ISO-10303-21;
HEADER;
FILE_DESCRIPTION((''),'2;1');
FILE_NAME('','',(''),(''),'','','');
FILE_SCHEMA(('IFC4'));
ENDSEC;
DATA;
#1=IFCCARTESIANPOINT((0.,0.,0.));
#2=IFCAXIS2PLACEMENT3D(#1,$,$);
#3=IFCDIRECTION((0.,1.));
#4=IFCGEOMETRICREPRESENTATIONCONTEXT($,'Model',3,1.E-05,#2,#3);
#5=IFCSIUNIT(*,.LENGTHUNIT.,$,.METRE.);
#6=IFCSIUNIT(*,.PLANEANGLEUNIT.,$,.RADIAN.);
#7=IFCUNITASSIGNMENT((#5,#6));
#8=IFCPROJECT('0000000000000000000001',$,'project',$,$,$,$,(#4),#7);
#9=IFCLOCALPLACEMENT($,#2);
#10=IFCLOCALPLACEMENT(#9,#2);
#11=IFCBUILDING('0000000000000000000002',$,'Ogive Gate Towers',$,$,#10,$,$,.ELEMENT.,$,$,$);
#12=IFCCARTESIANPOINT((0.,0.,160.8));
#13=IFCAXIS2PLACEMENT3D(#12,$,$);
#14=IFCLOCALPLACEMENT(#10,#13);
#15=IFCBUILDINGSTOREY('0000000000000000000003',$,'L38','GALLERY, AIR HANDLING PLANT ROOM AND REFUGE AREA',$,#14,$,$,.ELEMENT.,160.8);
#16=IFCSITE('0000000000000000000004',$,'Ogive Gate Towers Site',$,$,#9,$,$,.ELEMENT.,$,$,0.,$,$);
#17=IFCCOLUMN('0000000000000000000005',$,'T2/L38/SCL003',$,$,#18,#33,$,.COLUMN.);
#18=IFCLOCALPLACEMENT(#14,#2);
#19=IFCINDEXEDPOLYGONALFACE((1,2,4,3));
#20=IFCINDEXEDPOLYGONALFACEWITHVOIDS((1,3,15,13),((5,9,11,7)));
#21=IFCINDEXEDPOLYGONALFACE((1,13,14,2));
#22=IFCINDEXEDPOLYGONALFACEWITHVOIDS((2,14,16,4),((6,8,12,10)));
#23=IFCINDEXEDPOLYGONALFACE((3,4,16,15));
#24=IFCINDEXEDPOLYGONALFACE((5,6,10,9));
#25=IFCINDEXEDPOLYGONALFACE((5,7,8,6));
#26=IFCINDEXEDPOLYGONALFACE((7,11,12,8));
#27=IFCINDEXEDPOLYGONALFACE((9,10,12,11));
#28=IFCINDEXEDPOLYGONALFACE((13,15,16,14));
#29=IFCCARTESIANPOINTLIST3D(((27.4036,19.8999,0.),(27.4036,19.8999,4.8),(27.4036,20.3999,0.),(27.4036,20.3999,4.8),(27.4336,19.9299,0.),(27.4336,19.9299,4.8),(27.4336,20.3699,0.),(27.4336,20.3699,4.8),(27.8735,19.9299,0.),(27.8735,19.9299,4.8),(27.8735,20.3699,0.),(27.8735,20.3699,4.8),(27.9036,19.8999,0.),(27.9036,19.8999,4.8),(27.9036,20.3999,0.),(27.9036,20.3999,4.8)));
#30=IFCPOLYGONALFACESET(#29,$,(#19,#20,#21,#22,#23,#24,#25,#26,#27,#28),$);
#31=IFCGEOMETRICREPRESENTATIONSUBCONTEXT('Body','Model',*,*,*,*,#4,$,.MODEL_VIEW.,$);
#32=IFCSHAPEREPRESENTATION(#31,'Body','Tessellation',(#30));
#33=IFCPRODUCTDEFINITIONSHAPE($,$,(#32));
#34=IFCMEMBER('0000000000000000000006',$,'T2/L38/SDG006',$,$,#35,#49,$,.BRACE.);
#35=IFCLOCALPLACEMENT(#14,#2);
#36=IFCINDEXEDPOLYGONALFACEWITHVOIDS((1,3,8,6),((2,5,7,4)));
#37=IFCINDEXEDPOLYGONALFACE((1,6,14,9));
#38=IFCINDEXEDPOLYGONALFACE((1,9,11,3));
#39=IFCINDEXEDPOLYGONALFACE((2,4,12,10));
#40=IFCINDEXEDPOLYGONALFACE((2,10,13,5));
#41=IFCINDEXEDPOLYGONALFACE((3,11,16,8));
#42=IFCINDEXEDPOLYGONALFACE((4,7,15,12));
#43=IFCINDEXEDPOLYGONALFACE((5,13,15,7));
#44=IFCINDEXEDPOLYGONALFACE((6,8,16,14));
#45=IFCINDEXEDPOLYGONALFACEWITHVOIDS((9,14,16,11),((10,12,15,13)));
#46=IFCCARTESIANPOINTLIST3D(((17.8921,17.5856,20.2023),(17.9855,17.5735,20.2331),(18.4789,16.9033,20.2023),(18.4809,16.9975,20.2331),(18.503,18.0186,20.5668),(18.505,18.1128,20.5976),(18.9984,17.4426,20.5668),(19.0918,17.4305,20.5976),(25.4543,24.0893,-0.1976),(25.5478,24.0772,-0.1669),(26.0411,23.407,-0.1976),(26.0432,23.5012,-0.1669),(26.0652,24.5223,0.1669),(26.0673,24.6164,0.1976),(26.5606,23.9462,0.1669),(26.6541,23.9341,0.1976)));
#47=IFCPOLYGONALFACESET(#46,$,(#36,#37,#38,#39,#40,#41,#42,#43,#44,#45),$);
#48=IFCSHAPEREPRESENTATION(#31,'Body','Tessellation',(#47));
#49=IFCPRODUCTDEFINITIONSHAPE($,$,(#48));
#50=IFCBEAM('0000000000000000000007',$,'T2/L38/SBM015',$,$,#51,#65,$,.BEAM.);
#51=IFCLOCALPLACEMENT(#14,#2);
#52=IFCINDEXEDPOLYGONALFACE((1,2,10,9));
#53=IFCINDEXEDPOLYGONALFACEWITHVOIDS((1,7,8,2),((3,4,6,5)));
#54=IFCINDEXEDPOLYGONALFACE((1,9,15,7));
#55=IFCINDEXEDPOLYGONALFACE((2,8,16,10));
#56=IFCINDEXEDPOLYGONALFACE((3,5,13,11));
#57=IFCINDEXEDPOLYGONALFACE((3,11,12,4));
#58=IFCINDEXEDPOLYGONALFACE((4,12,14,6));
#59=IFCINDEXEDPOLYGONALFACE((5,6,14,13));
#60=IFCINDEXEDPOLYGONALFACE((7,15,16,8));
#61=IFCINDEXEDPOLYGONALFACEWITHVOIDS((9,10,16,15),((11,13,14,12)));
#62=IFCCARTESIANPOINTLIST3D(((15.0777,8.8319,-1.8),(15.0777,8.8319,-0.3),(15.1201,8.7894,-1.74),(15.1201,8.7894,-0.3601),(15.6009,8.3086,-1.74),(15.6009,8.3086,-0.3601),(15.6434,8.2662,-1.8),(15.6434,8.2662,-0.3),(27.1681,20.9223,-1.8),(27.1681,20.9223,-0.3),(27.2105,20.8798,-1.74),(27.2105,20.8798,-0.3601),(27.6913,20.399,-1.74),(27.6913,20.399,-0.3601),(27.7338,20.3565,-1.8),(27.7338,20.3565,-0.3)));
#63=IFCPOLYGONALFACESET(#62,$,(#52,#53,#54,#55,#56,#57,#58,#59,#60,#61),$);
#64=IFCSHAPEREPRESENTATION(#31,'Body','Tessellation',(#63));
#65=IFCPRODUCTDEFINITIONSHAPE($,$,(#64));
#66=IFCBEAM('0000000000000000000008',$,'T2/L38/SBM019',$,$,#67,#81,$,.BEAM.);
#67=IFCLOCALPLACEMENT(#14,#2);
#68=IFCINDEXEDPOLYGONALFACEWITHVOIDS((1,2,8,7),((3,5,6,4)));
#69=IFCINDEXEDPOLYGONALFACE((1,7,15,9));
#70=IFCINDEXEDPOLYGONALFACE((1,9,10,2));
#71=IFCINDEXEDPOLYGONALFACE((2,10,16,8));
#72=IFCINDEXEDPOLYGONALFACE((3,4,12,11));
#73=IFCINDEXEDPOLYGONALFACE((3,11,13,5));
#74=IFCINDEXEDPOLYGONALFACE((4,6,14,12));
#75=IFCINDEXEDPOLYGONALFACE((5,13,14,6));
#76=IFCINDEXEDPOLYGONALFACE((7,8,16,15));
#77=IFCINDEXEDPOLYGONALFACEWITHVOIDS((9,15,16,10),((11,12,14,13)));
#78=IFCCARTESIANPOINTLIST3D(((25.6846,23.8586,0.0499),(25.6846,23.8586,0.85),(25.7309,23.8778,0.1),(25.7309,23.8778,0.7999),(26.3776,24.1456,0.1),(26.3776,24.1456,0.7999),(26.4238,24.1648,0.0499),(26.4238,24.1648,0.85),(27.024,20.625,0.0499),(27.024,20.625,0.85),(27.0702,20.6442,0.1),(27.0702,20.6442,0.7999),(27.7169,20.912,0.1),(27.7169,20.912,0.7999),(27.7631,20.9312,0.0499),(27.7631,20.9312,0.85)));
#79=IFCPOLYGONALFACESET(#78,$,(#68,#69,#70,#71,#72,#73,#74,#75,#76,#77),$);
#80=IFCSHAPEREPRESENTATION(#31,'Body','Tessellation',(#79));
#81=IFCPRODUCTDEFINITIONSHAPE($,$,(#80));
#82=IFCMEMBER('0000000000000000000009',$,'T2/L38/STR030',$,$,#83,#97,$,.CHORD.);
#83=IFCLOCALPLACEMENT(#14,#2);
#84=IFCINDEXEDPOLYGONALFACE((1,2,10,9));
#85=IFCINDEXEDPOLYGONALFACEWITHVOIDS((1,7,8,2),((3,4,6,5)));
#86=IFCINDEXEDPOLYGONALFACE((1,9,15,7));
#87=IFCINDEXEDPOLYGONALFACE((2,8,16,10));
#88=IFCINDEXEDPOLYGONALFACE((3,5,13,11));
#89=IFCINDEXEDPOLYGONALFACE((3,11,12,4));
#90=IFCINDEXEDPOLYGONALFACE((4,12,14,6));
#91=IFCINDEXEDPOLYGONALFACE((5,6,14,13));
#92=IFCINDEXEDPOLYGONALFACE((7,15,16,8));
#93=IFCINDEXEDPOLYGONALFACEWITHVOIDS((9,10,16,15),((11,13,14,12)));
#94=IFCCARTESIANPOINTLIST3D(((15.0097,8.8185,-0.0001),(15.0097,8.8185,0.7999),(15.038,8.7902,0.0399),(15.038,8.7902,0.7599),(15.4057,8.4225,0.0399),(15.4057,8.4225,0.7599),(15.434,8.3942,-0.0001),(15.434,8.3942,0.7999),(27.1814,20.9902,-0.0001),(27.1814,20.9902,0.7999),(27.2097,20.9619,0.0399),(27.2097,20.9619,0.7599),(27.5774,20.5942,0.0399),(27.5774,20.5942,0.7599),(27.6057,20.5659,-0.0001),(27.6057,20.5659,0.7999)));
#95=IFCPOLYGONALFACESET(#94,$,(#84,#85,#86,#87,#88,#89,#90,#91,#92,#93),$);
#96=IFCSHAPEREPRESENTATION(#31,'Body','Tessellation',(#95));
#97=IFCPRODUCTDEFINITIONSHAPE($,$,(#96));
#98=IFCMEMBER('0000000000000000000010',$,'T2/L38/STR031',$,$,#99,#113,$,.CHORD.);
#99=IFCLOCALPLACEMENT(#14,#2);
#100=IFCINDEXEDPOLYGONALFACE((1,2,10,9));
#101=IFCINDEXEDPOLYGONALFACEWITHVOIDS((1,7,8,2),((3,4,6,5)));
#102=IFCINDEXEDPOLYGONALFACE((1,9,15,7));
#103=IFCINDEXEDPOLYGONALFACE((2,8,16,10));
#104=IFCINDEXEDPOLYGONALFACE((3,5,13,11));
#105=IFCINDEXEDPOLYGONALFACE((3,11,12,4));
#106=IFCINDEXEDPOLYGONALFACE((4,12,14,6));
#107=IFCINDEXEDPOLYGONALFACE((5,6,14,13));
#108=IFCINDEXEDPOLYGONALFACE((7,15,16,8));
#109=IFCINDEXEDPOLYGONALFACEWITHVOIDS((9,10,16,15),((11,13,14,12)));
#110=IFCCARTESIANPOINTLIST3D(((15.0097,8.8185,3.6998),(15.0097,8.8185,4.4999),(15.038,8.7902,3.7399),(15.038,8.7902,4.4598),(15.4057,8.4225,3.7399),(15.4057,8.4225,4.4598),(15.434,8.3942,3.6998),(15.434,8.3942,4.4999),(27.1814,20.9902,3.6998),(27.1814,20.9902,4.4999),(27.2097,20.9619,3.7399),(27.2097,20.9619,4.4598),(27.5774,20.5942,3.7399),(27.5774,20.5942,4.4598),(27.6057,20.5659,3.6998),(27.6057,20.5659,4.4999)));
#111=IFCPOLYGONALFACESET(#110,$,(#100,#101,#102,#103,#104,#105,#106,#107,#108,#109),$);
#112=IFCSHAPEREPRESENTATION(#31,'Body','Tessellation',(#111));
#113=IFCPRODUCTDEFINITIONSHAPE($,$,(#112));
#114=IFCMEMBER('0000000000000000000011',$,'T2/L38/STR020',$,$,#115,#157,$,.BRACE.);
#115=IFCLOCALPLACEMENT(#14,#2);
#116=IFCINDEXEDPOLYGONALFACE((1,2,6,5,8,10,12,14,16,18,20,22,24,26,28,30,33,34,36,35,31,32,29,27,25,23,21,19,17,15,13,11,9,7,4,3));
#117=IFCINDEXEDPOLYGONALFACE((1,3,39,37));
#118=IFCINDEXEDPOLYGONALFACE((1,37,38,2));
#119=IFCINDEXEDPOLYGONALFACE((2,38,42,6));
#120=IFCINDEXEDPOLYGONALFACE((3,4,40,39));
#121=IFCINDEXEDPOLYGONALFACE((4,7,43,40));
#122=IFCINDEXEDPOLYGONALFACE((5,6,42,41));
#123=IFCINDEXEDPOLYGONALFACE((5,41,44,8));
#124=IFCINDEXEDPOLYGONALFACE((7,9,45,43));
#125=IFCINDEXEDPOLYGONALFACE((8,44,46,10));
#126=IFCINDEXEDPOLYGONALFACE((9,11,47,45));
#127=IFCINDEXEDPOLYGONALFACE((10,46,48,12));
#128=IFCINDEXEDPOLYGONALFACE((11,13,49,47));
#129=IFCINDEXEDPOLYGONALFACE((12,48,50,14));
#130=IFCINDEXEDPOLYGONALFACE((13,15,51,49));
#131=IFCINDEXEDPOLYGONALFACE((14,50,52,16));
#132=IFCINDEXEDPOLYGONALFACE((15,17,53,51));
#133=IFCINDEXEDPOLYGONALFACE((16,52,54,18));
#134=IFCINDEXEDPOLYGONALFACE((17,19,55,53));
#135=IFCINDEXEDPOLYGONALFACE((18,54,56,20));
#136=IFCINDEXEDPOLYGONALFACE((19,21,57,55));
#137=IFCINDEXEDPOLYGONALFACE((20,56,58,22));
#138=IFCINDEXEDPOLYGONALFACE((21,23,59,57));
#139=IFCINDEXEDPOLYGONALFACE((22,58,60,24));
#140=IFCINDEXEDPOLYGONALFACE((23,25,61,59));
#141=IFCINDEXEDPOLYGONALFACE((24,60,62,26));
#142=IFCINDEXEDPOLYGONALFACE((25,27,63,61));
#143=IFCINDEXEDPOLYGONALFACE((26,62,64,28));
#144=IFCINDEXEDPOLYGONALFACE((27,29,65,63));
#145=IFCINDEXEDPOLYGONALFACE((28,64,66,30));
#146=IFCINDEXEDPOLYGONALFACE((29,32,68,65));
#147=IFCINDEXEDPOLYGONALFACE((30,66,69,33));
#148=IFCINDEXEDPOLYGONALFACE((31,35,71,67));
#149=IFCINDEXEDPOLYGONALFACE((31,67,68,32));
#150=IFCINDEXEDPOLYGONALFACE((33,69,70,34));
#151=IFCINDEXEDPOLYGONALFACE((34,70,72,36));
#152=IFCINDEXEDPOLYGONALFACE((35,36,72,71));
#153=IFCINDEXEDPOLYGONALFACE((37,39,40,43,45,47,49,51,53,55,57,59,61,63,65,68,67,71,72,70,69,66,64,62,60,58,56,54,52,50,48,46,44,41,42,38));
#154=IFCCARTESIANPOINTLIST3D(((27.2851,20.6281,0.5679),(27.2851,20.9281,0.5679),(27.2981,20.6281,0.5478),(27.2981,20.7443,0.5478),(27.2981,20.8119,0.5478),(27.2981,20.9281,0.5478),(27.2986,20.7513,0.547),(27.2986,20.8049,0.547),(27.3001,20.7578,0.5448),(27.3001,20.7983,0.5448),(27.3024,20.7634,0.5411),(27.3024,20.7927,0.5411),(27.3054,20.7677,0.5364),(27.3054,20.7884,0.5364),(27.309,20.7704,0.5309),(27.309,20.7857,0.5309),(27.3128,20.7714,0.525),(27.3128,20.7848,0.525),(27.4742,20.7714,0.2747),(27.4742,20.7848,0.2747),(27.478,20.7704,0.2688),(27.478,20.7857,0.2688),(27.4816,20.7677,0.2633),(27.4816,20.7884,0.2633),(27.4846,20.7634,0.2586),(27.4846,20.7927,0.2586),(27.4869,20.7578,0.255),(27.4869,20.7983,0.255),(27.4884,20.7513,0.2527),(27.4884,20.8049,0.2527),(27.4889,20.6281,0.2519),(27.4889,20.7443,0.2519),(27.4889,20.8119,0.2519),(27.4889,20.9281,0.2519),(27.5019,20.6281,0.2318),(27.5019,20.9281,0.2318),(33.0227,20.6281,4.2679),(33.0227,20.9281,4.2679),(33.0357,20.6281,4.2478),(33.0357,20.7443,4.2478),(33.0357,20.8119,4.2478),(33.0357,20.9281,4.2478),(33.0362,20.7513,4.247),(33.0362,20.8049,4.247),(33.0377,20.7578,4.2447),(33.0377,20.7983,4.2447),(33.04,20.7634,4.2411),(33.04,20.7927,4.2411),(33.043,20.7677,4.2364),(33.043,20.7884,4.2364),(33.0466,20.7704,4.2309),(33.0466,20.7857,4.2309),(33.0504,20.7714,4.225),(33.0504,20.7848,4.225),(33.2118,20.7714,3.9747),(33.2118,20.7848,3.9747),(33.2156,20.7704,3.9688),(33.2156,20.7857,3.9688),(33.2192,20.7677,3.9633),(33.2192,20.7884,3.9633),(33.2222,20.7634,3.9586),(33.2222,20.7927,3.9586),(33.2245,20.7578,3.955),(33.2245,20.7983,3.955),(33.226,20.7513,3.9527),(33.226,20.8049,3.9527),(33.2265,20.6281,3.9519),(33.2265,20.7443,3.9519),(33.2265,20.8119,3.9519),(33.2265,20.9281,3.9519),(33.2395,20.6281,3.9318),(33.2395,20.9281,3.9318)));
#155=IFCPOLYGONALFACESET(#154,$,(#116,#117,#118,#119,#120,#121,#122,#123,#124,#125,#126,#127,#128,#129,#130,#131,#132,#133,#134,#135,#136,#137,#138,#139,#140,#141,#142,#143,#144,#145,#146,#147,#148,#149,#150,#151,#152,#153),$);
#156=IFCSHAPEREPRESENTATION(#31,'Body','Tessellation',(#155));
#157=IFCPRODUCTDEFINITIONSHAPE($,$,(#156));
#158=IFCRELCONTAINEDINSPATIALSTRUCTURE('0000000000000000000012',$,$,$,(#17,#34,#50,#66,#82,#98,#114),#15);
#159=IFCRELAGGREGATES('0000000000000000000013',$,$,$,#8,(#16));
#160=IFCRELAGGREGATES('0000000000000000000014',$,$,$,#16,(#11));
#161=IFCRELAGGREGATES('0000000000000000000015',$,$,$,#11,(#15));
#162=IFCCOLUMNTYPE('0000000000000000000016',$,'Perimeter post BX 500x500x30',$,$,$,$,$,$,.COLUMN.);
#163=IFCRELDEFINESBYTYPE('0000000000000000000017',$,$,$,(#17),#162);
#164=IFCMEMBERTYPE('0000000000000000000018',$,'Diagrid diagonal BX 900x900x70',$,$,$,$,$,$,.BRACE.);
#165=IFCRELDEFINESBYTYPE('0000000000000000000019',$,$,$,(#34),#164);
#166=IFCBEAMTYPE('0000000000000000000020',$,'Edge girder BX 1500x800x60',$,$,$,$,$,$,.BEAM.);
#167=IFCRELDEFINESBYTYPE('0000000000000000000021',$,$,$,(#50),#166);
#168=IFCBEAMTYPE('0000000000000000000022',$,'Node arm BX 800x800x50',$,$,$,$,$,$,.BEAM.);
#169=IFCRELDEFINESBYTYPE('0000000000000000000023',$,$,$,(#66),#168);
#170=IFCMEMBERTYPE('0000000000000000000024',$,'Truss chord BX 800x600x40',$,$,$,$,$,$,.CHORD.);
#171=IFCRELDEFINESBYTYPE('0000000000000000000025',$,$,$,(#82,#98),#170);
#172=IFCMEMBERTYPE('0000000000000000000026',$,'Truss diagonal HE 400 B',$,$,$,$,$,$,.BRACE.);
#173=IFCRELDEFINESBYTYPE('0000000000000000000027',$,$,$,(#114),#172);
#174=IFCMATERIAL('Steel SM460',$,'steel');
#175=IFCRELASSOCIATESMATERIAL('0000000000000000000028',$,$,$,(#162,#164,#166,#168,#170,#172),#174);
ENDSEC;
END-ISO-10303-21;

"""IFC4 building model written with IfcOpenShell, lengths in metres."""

from ifc_helpers import new_model, si_unit, direction, frame, origin, origin_2d, place, context, subcontext, project, spatial, hollow_rectangle, i_section, extrude, material, material_profile, profile_set, type_object, element, save


model = new_model("IFC4")

# Units and contexts
model_context = context("Model", 3, precision=1e-05, world=origin(), true_north=direction((0.0, 1.0)))
body_context = subcontext(model_context, "Body", "Model", "MODEL_VIEW")
ifc_project = project(units=[si_unit("LENGTHUNIT", "METRE"), si_unit("PLANEANGLEUNIT", "RADIAN")], contexts=[model_context])

# Site, building, storey
site_placement = place(None, origin())
site = spatial("IfcSite", under=ifc_project, at=site_placement, Name="Ogive Gate Towers Site", CompositionType="ELEMENT", RefElevation=0.0)
building_placement = place(site_placement, origin())
building = spatial("IfcBuilding", under=site, at=building_placement, Name="Ogive Gate Towers", CompositionType="ELEMENT")
storey_placement = place(building_placement, frame((0.0, 0.0, 160.8)))
storey = spatial("IfcBuildingStorey", under=building, at=storey_placement, Name="L38", Description="GALLERY, AIR HANDLING PLANT ROOM AND REFUGE AREA", CompositionType="ELEMENT", Elevation=160.8)

# Column
ifc_material_1 = material(Name="Steel SM460", Category="steel")
ifc_material_profile_1 = material_profile(ifc_material_1, hollow_rectangle(XDim=0.5, YDim=0.5, WallThickness=0.03, at=origin_2d()), Name="BX 500x500x30")
ifc_profile_set_1 = profile_set([ifc_material_profile_1], Name="Steel SM460")
column_type = type_object("IfcColumnType", Name="Perimeter post BX 500x500x30", PredefinedType="COLUMN", material=ifc_profile_set_1)
column_placement = place(storey_placement, frame((27.6536, 20.1499, 0.0), z_axis=(0.0, 0.0, 1.0), x_axis=(1.0, 0.0, 0.0)))
element("IfcColumn", 1, at=column_placement, inside=storey, type_object=column_type, Name="T2/L38/SCL003", PredefinedType="COLUMN", context=body_context, shape_type="SweptSolid", body=[
    extrude(hollow_rectangle(XDim=0.5, YDim=0.5, WallThickness=0.03, at=origin_2d()), origin(), (0.0, 0.0, 1.0), 4.8),
])

# Member
ifc_material_profile_2 = material_profile(ifc_material_1, hollow_rectangle(XDim=0.8999, YDim=0.8999, WallThickness=0.0701, at=origin_2d()), Name="BX 900x900x70")
ifc_profile_set_2 = profile_set([ifc_material_profile_2], Name="Steel SM460")
member_type_1 = type_object("IfcMemberType", Name="Diagrid diagonal BX 900x900x70", PredefinedType="BRACE", material=ifc_profile_set_2)
member_1_placement = place(storey_placement, frame((26.0542, 24.0117, 0.0), z_axis=(-0.333026, -0.286407, 0.898368), x_axis=(0.652046, -0.758179, 0.0)))
element("IfcMember", 2, at=member_1_placement, inside=storey, type_object=member_type_1, Name="T2/L38/SDG006", PredefinedType="BRACE", context=body_context, shape_type="SweptSolid", body=[
    extrude(hollow_rectangle(XDim=0.8999, YDim=0.8999, WallThickness=0.0701, at=origin_2d()), origin(), (0.0, 0.0, 1.0), 22.7078),
])

# Beams
ifc_material_profile_3 = material_profile(ifc_material_1, hollow_rectangle(XDim=0.8, YDim=1.5, WallThickness=0.0601, at=origin_2d()), Name="BX 1500x800x60")
ifc_profile_set_3 = profile_set([ifc_material_profile_3], Name="Steel SM460")
beam_type_1 = type_object("IfcBeamType", Name="Edge girder BX 1500x800x60", PredefinedType="BEAM", material=ifc_profile_set_3)
beam_1_placement = place(storey_placement, frame((27.4509, 20.6394, -1.05), z_axis=(-0.707107, -0.707107, 0.0), x_axis=(0.707107, -0.707107, 0.0)))
element("IfcBeam", 3, at=beam_1_placement, inside=storey, type_object=beam_type_1, Name="T2/L38/SBM015", PredefinedType="BEAM", context=body_context, shape_type="SweptSolid", body=[
    extrude(hollow_rectangle(XDim=0.8, YDim=1.5, WallThickness=0.0601, at=origin_2d()), origin(), (0.0, 0.0, 1.0), 17.0984),
])
ifc_material_profile_4 = material_profile(ifc_material_1, hollow_rectangle(XDim=0.8, YDim=0.8, WallThickness=0.05, at=origin_2d()), Name="BX 800x800x50")
ifc_profile_set_4 = profile_set([ifc_material_profile_4], Name="Steel SM460")
beam_type_2 = type_object("IfcBeamType", Name="Node arm BX 800x800x50", PredefinedType="BEAM", material=ifc_profile_set_4)
beam_2_placement = place(storey_placement, frame((27.3936, 20.7781, 0.45), z_axis=(-0.382668, 0.923886, 0.0), x_axis=(-0.923886, -0.382668, 0.0)))
element("IfcBeam", 4, at=beam_2_placement, inside=storey, type_object=beam_type_2, Name="T2/L38/SBM019", PredefinedType="BEAM", context=body_context, shape_type="SweptSolid", body=[
    extrude(hollow_rectangle(XDim=0.8, YDim=0.8, WallThickness=0.05, at=origin_2d()), origin(), (0.0, 0.0, 1.0), 3.5),
])

# Members
ifc_material_profile_5 = material_profile(ifc_material_1, hollow_rectangle(XDim=0.6001, YDim=0.8, WallThickness=0.04, at=origin_2d()), Name="BX 800x600x40")
ifc_profile_set_5 = profile_set([ifc_material_profile_5], Name="Steel SM460")
member_type_2 = type_object("IfcMemberType", Name="Truss chord BX 800x600x40", PredefinedType="CHORD", material=ifc_profile_set_5)
for number, where, z_axis, x_axis, name in (
    (5, (27.3936, 20.7781, 0.3999), (-0.707107, -0.707107, 0.0), (0.707107, -0.707107, 0.0), "T2/L38/STR030"),
    (6, (27.3936, 20.7781, 4.0999), (-0.707107, -0.707107, 0.0), (0.707107, -0.707107, 0.0), "T2/L38/STR031"),
):
    element("IfcMember", number, at=place(storey_placement, frame(where, z_axis=z_axis, x_axis=x_axis)), inside=storey, type_object=member_type_2, Name=name, PredefinedType="CHORD", context=body_context, shape_type="SweptSolid", body=[
        extrude(hollow_rectangle(XDim=0.6001, YDim=0.8, WallThickness=0.04, at=origin_2d()), origin(), (0.0, 0.0, 1.0), 17.2134),
    ])
ifc_material_profile_6 = material_profile(ifc_material_1, i_section(OverallWidth=0.3, OverallDepth=0.3999, WebThickness=0.0134, FlangeThickness=0.0239, FilletRadius=0.0271, at=origin_2d()), Name="HE 400 B")
ifc_profile_set_6 = profile_set([ifc_material_profile_6], Name="Steel SM460")
member_type_3 = type_object("IfcMemberType", Name="Truss diagonal HE 400 B", PredefinedType="BRACE", material=ifc_profile_set_6)
for number, where, z_axis, x_axis, name in (
    (7, (33.1311, 20.7781, 4.0999), (-0.84041, 0.0, -0.541952), (0.0, -1.0, 0.0), "T2/L38/STR020"),
):
    element("IfcMember", number, at=place(storey_placement, frame(where, z_axis=z_axis, x_axis=x_axis)), inside=storey, type_object=member_type_3, Name=name, PredefinedType="BRACE", context=body_context, shape_type="SweptSolid", body=[
        extrude(i_section(OverallWidth=0.3, OverallDepth=0.3999, WebThickness=0.0134, FlangeThickness=0.0239, FilletRadius=0.0271, at=origin_2d()), origin(), (0.0, 0.0, 1.0), 6.8271),
    ])

save(model, "model.ifc")
